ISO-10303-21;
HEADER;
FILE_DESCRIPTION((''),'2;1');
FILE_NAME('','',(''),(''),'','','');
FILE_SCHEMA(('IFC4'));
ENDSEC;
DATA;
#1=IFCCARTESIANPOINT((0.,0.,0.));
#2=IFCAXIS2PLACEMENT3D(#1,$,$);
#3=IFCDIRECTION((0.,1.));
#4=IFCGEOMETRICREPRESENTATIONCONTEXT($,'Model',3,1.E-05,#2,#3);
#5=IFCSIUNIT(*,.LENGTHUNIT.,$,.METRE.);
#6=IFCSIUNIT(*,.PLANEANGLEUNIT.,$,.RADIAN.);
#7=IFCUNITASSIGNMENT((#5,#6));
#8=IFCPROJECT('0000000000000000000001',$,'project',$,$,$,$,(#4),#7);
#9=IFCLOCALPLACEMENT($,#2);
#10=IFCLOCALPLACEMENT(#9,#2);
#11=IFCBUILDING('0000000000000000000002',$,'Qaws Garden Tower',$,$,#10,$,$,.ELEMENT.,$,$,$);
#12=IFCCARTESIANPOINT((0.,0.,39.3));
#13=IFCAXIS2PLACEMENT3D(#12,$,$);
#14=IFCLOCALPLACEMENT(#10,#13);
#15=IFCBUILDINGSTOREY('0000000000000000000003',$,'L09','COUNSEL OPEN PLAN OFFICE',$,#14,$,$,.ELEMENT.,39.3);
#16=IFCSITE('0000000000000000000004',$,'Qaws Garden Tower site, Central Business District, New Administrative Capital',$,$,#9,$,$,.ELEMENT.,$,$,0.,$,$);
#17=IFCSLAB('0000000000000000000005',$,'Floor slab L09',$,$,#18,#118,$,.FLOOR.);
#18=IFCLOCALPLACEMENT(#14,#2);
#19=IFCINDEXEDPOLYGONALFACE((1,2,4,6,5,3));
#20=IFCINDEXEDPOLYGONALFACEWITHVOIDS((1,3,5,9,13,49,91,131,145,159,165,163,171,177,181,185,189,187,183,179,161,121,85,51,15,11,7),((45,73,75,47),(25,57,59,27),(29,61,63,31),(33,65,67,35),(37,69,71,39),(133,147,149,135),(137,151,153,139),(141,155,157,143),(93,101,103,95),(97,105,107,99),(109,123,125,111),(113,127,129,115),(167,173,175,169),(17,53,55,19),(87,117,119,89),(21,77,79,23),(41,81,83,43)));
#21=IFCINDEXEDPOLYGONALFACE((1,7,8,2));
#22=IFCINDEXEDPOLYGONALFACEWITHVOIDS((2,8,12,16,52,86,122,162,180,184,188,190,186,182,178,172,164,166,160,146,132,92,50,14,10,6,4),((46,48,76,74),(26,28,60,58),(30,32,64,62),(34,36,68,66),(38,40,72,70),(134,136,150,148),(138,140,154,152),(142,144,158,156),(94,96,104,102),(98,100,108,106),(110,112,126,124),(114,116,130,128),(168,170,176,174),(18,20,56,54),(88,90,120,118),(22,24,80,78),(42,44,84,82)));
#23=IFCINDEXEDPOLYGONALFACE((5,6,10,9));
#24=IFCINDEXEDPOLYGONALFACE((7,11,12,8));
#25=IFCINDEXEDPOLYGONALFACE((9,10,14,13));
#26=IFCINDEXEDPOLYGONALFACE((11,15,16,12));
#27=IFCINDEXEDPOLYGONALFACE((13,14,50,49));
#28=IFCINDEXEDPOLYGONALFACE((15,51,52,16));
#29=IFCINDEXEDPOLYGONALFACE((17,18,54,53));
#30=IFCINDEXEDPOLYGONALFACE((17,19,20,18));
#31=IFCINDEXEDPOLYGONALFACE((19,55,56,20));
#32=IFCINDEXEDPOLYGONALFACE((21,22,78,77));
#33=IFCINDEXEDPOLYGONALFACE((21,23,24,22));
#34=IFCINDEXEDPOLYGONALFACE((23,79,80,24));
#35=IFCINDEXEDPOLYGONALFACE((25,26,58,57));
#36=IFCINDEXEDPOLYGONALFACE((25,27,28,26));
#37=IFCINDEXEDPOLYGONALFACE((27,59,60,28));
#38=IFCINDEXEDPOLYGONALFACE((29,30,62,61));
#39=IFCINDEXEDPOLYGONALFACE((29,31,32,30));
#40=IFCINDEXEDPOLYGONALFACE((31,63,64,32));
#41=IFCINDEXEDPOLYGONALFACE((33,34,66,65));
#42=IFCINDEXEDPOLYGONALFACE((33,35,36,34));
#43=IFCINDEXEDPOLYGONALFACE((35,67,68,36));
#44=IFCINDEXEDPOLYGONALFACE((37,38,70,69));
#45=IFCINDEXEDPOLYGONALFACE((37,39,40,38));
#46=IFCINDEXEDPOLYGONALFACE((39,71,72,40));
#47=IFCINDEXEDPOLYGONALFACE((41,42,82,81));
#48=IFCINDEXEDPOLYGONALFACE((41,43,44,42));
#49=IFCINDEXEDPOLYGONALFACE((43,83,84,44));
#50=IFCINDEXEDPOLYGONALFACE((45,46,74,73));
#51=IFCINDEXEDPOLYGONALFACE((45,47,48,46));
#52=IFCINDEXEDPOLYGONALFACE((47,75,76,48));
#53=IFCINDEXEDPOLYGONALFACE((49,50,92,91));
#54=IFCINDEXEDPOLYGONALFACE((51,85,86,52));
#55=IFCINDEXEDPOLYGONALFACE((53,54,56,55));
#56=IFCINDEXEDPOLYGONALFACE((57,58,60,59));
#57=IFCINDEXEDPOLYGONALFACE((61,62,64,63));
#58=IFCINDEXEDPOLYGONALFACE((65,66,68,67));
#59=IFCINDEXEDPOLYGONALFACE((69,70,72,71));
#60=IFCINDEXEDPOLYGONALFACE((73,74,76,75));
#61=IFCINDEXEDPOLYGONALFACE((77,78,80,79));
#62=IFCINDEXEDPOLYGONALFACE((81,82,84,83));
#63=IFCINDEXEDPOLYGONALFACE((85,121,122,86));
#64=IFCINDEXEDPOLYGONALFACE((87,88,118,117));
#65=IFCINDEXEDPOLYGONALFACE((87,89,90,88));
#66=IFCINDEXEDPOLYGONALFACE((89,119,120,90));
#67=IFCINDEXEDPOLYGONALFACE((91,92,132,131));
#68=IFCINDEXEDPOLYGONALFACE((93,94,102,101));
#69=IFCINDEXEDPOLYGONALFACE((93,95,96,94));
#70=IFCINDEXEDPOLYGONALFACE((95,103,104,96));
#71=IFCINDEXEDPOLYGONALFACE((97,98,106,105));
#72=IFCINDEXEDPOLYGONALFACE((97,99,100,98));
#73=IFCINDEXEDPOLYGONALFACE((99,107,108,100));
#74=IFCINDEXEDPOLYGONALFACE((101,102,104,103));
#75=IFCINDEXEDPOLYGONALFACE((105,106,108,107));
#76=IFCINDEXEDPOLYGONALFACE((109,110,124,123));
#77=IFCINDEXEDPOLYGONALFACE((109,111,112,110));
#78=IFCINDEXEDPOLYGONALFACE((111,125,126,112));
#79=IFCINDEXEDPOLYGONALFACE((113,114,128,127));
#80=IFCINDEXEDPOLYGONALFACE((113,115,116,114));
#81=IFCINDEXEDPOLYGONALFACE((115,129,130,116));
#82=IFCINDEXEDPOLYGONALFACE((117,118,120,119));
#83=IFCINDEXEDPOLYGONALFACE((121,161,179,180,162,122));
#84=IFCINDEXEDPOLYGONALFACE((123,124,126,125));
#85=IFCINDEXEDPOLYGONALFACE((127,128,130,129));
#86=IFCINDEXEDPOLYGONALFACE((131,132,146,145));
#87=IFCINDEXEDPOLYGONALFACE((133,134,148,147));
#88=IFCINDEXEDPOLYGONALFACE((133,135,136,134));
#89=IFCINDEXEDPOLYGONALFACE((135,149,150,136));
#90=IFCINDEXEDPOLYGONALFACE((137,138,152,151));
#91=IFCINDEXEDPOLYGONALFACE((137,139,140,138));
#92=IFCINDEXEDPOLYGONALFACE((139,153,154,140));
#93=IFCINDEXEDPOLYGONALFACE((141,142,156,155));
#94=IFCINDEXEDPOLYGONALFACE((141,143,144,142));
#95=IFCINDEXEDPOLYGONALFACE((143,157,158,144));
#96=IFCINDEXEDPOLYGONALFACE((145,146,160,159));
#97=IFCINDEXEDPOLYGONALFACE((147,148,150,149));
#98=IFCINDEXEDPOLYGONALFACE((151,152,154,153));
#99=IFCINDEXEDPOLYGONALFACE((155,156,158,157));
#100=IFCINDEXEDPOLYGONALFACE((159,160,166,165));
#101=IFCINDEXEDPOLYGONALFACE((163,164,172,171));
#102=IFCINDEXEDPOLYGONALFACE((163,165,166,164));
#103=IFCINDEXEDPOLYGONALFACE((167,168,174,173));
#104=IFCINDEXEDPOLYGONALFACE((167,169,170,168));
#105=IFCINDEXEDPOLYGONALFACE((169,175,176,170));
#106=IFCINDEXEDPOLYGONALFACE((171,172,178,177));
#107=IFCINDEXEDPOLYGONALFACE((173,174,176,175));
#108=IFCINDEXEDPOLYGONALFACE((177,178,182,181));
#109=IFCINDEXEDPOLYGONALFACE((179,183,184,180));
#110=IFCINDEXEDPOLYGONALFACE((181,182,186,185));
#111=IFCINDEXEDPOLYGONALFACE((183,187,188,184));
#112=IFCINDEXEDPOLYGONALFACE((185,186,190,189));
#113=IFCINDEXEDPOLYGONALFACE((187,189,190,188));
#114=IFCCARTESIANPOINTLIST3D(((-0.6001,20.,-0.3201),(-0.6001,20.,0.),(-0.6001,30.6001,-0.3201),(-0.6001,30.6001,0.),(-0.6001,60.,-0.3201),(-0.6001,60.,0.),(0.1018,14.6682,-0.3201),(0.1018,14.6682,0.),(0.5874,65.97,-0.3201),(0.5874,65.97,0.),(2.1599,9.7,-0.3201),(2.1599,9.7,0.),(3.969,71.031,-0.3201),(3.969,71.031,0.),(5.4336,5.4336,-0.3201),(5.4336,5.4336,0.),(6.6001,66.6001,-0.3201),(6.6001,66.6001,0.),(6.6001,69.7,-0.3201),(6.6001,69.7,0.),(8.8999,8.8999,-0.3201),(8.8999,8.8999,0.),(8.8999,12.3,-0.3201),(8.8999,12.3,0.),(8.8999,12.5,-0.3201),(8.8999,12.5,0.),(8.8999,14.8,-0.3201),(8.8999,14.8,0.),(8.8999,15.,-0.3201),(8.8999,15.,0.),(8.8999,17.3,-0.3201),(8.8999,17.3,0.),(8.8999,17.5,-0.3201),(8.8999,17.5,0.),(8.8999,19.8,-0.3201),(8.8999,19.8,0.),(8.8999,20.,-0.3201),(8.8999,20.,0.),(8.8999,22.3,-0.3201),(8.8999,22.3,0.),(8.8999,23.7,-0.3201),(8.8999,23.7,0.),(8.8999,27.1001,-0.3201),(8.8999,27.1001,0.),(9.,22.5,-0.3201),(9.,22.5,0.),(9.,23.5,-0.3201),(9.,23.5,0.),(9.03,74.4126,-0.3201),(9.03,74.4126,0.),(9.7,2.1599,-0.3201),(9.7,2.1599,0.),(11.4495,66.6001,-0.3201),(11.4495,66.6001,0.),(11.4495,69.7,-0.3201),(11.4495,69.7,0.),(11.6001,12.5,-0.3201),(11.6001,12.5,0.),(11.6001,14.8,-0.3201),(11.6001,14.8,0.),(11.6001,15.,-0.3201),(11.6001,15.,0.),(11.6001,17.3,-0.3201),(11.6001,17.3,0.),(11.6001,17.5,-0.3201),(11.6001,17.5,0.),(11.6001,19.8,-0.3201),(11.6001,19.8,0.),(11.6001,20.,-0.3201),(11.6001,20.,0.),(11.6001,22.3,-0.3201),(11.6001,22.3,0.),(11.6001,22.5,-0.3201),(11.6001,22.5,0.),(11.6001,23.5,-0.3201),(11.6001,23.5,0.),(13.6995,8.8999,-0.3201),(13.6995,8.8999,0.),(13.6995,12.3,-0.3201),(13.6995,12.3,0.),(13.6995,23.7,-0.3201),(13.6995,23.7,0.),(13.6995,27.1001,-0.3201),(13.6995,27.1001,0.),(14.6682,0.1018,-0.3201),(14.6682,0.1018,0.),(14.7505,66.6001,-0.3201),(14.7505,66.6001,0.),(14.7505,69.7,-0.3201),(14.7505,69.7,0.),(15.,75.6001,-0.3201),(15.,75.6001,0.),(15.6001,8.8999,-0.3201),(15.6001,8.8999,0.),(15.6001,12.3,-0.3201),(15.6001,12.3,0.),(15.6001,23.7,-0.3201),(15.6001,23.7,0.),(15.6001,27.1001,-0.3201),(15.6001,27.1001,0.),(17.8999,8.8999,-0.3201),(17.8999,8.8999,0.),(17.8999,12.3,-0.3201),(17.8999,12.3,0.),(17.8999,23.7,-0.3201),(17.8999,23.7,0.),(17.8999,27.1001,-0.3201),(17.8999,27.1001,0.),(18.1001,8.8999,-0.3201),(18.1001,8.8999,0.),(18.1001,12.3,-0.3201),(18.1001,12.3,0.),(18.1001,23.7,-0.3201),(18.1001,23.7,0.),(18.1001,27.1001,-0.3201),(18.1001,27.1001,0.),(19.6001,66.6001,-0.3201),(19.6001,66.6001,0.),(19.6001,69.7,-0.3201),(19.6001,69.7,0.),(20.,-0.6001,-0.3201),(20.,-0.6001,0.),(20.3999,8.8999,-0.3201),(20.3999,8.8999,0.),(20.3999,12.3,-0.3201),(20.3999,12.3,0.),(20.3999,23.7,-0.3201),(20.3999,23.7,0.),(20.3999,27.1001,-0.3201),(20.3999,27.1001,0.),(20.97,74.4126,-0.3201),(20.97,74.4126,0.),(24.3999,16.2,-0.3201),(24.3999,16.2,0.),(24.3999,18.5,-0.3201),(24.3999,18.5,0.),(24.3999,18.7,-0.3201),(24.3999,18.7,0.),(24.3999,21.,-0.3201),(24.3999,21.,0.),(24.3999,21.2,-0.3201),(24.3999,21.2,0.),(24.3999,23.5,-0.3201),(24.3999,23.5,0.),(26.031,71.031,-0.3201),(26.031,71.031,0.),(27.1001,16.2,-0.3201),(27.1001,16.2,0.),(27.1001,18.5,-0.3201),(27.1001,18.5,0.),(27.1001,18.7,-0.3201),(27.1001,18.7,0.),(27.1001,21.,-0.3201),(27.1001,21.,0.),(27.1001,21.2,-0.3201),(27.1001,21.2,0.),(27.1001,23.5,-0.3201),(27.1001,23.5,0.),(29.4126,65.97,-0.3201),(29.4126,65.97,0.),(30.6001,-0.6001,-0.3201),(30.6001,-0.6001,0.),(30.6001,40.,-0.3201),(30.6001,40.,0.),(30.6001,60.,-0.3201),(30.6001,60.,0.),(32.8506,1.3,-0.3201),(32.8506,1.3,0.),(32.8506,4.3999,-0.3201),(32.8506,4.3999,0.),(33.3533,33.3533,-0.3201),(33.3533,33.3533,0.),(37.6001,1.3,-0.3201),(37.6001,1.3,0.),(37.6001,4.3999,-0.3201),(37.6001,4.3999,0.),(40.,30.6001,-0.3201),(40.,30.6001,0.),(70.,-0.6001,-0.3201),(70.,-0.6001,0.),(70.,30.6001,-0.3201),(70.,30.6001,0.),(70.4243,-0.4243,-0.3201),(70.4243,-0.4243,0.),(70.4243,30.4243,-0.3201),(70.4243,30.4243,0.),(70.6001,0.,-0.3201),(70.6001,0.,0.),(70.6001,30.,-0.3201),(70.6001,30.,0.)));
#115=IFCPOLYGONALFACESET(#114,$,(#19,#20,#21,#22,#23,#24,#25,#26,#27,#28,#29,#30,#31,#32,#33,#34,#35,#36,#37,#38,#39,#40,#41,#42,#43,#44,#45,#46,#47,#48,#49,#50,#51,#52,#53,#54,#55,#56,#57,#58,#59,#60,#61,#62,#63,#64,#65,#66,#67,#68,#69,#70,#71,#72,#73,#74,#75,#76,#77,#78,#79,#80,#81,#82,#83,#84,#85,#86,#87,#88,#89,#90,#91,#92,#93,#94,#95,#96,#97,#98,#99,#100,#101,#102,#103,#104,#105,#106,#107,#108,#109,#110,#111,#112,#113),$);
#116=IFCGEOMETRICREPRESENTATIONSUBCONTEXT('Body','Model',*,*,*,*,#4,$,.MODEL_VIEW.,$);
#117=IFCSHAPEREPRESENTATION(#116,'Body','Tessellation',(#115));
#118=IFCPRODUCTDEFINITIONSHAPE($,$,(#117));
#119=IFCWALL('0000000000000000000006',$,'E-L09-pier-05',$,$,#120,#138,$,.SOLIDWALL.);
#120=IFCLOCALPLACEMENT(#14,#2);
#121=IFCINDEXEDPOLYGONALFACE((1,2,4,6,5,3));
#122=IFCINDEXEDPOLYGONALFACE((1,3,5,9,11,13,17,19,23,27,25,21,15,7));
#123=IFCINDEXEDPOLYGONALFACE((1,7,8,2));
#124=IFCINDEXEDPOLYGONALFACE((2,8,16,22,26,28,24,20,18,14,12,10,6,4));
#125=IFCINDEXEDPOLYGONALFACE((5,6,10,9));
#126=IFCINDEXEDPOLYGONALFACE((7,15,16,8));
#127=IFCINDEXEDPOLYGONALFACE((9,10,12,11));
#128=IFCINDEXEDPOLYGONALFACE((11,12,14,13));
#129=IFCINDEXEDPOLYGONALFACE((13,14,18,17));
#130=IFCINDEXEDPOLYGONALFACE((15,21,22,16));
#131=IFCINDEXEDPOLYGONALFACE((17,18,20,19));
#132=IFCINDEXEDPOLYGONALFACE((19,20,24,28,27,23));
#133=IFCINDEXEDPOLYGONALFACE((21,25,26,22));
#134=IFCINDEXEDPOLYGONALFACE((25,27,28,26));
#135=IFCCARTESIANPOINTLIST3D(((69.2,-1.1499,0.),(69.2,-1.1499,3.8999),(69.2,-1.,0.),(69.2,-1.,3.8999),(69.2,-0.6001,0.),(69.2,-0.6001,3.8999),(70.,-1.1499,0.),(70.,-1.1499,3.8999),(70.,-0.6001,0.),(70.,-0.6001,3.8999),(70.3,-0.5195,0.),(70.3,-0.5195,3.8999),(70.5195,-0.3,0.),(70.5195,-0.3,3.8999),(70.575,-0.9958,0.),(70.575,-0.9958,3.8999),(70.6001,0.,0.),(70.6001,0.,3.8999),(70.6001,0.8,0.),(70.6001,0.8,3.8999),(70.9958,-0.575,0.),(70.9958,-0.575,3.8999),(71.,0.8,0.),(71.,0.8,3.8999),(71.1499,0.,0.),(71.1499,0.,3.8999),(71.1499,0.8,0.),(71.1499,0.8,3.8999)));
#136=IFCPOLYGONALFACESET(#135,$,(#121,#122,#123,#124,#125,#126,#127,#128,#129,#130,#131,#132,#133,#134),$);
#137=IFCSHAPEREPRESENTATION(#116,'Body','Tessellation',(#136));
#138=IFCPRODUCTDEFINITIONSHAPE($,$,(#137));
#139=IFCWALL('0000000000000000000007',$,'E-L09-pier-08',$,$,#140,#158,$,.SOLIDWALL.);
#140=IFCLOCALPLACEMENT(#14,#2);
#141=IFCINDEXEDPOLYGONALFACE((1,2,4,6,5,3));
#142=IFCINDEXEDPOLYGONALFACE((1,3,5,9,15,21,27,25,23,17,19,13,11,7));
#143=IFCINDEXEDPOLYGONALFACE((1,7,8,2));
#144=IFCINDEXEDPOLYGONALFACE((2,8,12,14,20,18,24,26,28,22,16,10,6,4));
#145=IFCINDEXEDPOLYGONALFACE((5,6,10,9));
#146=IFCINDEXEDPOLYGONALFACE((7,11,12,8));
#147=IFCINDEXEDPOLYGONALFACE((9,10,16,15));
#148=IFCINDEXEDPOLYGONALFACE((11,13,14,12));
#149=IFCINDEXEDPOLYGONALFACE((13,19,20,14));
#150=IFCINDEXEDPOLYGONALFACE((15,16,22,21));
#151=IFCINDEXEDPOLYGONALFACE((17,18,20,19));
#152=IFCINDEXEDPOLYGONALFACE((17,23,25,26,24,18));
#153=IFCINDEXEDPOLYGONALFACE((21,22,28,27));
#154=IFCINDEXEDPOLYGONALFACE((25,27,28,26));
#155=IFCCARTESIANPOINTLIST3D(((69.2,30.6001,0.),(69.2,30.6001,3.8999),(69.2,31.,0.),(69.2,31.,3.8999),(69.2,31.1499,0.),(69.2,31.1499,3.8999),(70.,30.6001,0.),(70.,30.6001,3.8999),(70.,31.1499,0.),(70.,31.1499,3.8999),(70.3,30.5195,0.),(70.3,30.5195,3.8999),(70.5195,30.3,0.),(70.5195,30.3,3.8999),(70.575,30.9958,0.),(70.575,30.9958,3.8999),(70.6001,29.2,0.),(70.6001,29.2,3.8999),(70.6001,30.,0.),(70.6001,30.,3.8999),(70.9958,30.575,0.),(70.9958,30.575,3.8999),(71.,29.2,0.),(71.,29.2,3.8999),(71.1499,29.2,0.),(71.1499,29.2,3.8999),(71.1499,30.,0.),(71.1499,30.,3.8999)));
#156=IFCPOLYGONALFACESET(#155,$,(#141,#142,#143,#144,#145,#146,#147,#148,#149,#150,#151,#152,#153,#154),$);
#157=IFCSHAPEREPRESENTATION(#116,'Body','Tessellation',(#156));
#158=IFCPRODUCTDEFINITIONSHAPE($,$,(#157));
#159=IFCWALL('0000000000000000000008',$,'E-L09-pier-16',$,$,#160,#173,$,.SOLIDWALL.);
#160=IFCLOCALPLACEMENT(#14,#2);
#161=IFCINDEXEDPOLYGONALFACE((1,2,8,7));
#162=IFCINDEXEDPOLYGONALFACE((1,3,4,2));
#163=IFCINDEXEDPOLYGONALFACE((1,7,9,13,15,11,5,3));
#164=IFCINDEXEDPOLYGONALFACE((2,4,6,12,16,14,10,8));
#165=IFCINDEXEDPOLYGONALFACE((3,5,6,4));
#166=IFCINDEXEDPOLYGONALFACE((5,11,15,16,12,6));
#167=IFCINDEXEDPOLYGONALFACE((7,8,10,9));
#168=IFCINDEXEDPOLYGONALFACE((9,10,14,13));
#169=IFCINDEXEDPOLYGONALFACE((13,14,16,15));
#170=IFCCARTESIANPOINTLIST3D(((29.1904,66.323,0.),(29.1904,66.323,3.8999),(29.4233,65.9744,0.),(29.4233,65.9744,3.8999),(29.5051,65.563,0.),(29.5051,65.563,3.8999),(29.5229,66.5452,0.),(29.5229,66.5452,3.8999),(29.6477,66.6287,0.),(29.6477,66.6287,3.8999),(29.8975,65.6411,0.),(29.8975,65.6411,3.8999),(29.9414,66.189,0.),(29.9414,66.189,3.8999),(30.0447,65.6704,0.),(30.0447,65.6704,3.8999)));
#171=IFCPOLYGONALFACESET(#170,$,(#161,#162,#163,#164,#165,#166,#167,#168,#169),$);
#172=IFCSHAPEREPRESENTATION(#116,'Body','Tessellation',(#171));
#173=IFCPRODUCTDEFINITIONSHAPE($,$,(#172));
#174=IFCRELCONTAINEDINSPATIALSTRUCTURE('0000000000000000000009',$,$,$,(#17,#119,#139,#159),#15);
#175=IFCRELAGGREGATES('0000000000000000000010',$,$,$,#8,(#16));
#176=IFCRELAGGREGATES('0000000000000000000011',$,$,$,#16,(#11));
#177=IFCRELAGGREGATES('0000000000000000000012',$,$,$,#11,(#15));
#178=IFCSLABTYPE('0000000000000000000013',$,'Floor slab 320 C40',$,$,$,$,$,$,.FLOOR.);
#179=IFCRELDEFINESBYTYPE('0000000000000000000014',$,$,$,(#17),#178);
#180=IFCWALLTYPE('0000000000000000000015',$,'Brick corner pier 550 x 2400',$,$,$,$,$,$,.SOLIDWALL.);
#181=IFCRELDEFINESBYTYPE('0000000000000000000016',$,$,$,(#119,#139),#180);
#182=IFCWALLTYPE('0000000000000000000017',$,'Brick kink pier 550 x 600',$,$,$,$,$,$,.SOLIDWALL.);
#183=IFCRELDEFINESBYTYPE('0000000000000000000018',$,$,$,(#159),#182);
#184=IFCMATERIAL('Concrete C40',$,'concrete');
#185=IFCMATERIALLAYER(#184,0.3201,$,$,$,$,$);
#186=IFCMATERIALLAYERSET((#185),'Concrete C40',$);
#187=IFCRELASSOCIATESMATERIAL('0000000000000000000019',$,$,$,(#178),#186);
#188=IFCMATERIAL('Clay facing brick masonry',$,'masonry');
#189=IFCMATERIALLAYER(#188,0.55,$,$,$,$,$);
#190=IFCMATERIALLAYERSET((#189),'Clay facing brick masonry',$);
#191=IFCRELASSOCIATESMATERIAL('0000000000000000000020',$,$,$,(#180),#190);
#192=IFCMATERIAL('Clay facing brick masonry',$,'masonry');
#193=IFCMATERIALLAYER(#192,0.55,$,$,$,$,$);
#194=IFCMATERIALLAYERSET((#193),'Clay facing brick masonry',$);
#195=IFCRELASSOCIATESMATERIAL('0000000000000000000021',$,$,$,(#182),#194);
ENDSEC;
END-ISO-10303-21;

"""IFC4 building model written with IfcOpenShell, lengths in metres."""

from ifc_helpers import new_model, si_unit, direction, frame, origin, place, context, subcontext, project, spatial, polyline, outline, extrude, material, layer, layer_set, type_object, element, save


model = new_model("IFC4")

# Units and contexts
model_context = context("Model", 3, precision=1e-05, world=origin(), true_north=direction((0.0, 1.0)))
body_context = subcontext(model_context, "Body", "Model", "MODEL_VIEW")
ifc_project = project(units=[si_unit("LENGTHUNIT", "METRE"), si_unit("PLANEANGLEUNIT", "RADIAN")], contexts=[model_context])

# Site, building, storey
site_placement = place(None, origin())
site = spatial("IfcSite", under=ifc_project, at=site_placement, Name="Qaws Garden Tower site, Central Business District, New Administrative Capital", CompositionType="ELEMENT", RefElevation=0.0)
building_placement = place(site_placement, origin())
building = spatial("IfcBuilding", under=site, at=building_placement, Name="Qaws Garden Tower", CompositionType="ELEMENT")
storey_placement = place(building_placement, frame((0.0, 0.0, 39.3)))
storey = spatial("IfcBuildingStorey", under=building, at=storey_placement, Name="L09", Description="COUNSEL OPEN PLAN OFFICE", CompositionType="ELEMENT", Elevation=39.3)

# Slab
ifc_material_1 = material(Name="Concrete C40", Category="concrete")
ifc_layer_1 = layer(ifc_material_1, 0.3201)
ifc_layer_set_1 = layer_set([ifc_layer_1], Name="Concrete C40")
slab_type = type_object("IfcSlabType", Name="Floor slab 320 C40", PredefinedType="FLOOR", material=ifc_layer_set_1)
slab_placement = place(storey_placement, frame((0.0, 0.0, -0.3201)))
element("IfcSlab", 1, at=slab_placement, inside=storey, type_object=slab_type, Name="Floor slab L09", PredefinedType="FLOOR", context=body_context, shape_type="SweptSolid", body=[
    extrude(outline(polyline([(0.1018, 14.6682), (-0.6001, 20.0), (-0.6001, 30.6001), (-0.6001, 60.0), (-0.6001, 60.0), (0.5874, 65.97), (3.969, 71.031), (9.03, 74.4126), (15.0, 75.6001), (20.97, 74.4126), (26.031, 71.031), (29.4126, 65.97), (30.6001, 60.0), (30.6001, 40.0), (33.3533, 33.3533), (40.0, 30.6001), (70.0, 30.6001), (70.4243, 30.4243), (70.6001, 30.0), (70.6001, 0.0), (70.4243, -0.4243), (70.0, -0.6001), (30.6001, -0.6001), (20.0, -0.6001), (14.6682, 0.1018), (9.7, 2.1599), (5.4336, 5.4336), (2.1599, 9.7), (0.1018, 14.6682)]), holes=[polyline([(13.6995, 12.3), (8.8999, 12.3), (8.8999, 8.8999), (13.6995, 8.8999), (13.6995, 12.3)]), polyline([(17.8999, 12.3), (15.6001, 12.3), (15.6001, 8.8999), (17.8999, 8.8999), (17.8999, 12.3)]), polyline([(11.6001, 14.8), (8.8999, 14.8), (8.8999, 12.5), (11.6001, 12.5), (11.6001, 14.8)]), polyline([(11.6001, 17.3), (8.8999, 17.3), (8.8999, 15.0), (11.6001, 15.0), (11.6001, 17.3)]), polyline([(11.6001, 19.8), (8.8999, 19.8), (8.8999, 17.5), (11.6001, 17.5), (11.6001, 19.8)]), polyline([(11.6001, 22.3), (8.8999, 22.3), (8.8999, 20.0), (11.6001, 20.0), (11.6001, 22.3)]), polyline([(11.6001, 23.5), (9.0, 23.5), (9.0, 22.5), (11.6001, 22.5), (11.6001, 23.5)]), polyline([(13.6995, 27.1001), (8.8999, 27.1001), (8.8999, 23.7), (13.6995, 23.7), (13.6995, 27.1001)]), polyline([(11.4495, 69.7), (6.6001, 69.7), (6.6001, 66.6001), (11.4495, 66.6001), (11.4495, 69.7)]), polyline([(37.6001, 4.3999), (32.8506, 4.3999), (32.8506, 1.3), (37.6001, 1.3), (37.6001, 4.3999)]), polyline([(20.3999, 12.3), (18.1001, 12.3), (18.1001, 8.8999), (20.3999, 8.8999), (20.3999, 12.3)]), polyline([(27.1001, 18.5), (24.3999, 18.5), (24.3999, 16.2), (27.1001, 16.2), (27.1001, 18.5)]), polyline([(27.1001, 21.0), (24.3999, 21.0), (24.3999, 18.7), (27.1001, 18.7), (27.1001, 21.0)]), polyline([(27.1001, 23.5), (24.3999, 23.5), (24.3999, 21.2), (27.1001, 21.2), (27.1001, 23.5)]), polyline([(17.8999, 27.1001), (15.6001, 27.1001), (15.6001, 23.7), (17.8999, 23.7), (17.8999, 27.1001)]), polyline([(20.3999, 23.7), (20.3999, 27.1001), (18.1001, 27.1001), (18.1001, 23.7), (20.3999, 23.7)]), polyline([(19.6001, 66.6001), (19.6001, 69.7), (14.7505, 69.7), (14.7505, 66.6001), (19.6001, 66.6001)])]), origin(), (0.0, 0.0, 1.0), 0.3201),
])

# Walls
ifc_material_2 = material(Name="Clay facing brick masonry", Category="masonry")
ifc_layer_2 = layer(ifc_material_2, 0.55)
ifc_layer_set_2 = layer_set([ifc_layer_2], Name="Clay facing brick masonry")
wall_type_1 = type_object("IfcWallType", Name="Brick corner pier 550 x 2400", PredefinedType="SOLIDWALL", material=ifc_layer_set_2)
placement = place(storey_placement, origin())
element("IfcWall", 2, at=placement, inside=storey, type_object=wall_type_1, Name="E-L09-pier-05", PredefinedType="SOLIDWALL", context=body_context, shape_type="SweptSolid", body=[
    extrude(outline(polyline([(69.2, -1.0), (69.2, -1.1499), (70.0, -1.1499), (70.575, -0.9958), (70.9958, -0.575), (71.1499, 0.0), (71.1499, 0.8), (71.0, 0.8), (70.6001, 0.8), (70.6001, 0.0), (70.5195, -0.3), (70.3, -0.5195), (70.0, -0.6001), (69.2, -0.6001), (69.2, -1.0)])), origin(), (0.0, 0.0, 1.0), 3.8999),
])
element("IfcWall", 3, at=placement, inside=storey, type_object=wall_type_1, Name="E-L09-pier-08", PredefinedType="SOLIDWALL", context=body_context, shape_type="SweptSolid", body=[
    extrude(outline(polyline([(71.0, 29.2), (71.1499, 29.2), (71.1499, 30.0), (70.9958, 30.575), (70.575, 30.9958), (70.0, 31.1499), (69.2, 31.1499), (69.2, 31.0), (69.2, 30.6001), (70.0, 30.6001), (70.3, 30.5195), (70.5195, 30.3), (70.6001, 30.0), (70.6001, 29.2), (71.0, 29.2)])), origin(), (0.0, 0.0, 1.0), 3.8999),
])
ifc_material_3 = material(Name="Clay facing brick masonry", Category="masonry")
ifc_layer_3 = layer(ifc_material_3, 0.55)
ifc_layer_set_3 = layer_set([ifc_layer_3], Name="Clay facing brick masonry")
wall_type_2 = type_object("IfcWallType", Name="Brick kink pier 550 x 600", PredefinedType="SOLIDWALL", material=ifc_layer_set_3)
element("IfcWall", 4, at=placement, inside=storey, type_object=wall_type_2, Name="E-L09-pier-16", PredefinedType="SOLIDWALL", context=body_context, shape_type="SweptSolid", body=[
    extrude(outline(polyline([(29.8975, 65.6411), (30.0447, 65.6704), (29.9414, 66.189), (29.6477, 66.6287), (29.5229, 66.5452), (29.1904, 66.323), (29.4233, 65.9744), (29.5051, 65.563), (29.8975, 65.6411)])), origin(), (0.0, 0.0, 1.0), 3.8999),
])

save(model, "model.ifc")
